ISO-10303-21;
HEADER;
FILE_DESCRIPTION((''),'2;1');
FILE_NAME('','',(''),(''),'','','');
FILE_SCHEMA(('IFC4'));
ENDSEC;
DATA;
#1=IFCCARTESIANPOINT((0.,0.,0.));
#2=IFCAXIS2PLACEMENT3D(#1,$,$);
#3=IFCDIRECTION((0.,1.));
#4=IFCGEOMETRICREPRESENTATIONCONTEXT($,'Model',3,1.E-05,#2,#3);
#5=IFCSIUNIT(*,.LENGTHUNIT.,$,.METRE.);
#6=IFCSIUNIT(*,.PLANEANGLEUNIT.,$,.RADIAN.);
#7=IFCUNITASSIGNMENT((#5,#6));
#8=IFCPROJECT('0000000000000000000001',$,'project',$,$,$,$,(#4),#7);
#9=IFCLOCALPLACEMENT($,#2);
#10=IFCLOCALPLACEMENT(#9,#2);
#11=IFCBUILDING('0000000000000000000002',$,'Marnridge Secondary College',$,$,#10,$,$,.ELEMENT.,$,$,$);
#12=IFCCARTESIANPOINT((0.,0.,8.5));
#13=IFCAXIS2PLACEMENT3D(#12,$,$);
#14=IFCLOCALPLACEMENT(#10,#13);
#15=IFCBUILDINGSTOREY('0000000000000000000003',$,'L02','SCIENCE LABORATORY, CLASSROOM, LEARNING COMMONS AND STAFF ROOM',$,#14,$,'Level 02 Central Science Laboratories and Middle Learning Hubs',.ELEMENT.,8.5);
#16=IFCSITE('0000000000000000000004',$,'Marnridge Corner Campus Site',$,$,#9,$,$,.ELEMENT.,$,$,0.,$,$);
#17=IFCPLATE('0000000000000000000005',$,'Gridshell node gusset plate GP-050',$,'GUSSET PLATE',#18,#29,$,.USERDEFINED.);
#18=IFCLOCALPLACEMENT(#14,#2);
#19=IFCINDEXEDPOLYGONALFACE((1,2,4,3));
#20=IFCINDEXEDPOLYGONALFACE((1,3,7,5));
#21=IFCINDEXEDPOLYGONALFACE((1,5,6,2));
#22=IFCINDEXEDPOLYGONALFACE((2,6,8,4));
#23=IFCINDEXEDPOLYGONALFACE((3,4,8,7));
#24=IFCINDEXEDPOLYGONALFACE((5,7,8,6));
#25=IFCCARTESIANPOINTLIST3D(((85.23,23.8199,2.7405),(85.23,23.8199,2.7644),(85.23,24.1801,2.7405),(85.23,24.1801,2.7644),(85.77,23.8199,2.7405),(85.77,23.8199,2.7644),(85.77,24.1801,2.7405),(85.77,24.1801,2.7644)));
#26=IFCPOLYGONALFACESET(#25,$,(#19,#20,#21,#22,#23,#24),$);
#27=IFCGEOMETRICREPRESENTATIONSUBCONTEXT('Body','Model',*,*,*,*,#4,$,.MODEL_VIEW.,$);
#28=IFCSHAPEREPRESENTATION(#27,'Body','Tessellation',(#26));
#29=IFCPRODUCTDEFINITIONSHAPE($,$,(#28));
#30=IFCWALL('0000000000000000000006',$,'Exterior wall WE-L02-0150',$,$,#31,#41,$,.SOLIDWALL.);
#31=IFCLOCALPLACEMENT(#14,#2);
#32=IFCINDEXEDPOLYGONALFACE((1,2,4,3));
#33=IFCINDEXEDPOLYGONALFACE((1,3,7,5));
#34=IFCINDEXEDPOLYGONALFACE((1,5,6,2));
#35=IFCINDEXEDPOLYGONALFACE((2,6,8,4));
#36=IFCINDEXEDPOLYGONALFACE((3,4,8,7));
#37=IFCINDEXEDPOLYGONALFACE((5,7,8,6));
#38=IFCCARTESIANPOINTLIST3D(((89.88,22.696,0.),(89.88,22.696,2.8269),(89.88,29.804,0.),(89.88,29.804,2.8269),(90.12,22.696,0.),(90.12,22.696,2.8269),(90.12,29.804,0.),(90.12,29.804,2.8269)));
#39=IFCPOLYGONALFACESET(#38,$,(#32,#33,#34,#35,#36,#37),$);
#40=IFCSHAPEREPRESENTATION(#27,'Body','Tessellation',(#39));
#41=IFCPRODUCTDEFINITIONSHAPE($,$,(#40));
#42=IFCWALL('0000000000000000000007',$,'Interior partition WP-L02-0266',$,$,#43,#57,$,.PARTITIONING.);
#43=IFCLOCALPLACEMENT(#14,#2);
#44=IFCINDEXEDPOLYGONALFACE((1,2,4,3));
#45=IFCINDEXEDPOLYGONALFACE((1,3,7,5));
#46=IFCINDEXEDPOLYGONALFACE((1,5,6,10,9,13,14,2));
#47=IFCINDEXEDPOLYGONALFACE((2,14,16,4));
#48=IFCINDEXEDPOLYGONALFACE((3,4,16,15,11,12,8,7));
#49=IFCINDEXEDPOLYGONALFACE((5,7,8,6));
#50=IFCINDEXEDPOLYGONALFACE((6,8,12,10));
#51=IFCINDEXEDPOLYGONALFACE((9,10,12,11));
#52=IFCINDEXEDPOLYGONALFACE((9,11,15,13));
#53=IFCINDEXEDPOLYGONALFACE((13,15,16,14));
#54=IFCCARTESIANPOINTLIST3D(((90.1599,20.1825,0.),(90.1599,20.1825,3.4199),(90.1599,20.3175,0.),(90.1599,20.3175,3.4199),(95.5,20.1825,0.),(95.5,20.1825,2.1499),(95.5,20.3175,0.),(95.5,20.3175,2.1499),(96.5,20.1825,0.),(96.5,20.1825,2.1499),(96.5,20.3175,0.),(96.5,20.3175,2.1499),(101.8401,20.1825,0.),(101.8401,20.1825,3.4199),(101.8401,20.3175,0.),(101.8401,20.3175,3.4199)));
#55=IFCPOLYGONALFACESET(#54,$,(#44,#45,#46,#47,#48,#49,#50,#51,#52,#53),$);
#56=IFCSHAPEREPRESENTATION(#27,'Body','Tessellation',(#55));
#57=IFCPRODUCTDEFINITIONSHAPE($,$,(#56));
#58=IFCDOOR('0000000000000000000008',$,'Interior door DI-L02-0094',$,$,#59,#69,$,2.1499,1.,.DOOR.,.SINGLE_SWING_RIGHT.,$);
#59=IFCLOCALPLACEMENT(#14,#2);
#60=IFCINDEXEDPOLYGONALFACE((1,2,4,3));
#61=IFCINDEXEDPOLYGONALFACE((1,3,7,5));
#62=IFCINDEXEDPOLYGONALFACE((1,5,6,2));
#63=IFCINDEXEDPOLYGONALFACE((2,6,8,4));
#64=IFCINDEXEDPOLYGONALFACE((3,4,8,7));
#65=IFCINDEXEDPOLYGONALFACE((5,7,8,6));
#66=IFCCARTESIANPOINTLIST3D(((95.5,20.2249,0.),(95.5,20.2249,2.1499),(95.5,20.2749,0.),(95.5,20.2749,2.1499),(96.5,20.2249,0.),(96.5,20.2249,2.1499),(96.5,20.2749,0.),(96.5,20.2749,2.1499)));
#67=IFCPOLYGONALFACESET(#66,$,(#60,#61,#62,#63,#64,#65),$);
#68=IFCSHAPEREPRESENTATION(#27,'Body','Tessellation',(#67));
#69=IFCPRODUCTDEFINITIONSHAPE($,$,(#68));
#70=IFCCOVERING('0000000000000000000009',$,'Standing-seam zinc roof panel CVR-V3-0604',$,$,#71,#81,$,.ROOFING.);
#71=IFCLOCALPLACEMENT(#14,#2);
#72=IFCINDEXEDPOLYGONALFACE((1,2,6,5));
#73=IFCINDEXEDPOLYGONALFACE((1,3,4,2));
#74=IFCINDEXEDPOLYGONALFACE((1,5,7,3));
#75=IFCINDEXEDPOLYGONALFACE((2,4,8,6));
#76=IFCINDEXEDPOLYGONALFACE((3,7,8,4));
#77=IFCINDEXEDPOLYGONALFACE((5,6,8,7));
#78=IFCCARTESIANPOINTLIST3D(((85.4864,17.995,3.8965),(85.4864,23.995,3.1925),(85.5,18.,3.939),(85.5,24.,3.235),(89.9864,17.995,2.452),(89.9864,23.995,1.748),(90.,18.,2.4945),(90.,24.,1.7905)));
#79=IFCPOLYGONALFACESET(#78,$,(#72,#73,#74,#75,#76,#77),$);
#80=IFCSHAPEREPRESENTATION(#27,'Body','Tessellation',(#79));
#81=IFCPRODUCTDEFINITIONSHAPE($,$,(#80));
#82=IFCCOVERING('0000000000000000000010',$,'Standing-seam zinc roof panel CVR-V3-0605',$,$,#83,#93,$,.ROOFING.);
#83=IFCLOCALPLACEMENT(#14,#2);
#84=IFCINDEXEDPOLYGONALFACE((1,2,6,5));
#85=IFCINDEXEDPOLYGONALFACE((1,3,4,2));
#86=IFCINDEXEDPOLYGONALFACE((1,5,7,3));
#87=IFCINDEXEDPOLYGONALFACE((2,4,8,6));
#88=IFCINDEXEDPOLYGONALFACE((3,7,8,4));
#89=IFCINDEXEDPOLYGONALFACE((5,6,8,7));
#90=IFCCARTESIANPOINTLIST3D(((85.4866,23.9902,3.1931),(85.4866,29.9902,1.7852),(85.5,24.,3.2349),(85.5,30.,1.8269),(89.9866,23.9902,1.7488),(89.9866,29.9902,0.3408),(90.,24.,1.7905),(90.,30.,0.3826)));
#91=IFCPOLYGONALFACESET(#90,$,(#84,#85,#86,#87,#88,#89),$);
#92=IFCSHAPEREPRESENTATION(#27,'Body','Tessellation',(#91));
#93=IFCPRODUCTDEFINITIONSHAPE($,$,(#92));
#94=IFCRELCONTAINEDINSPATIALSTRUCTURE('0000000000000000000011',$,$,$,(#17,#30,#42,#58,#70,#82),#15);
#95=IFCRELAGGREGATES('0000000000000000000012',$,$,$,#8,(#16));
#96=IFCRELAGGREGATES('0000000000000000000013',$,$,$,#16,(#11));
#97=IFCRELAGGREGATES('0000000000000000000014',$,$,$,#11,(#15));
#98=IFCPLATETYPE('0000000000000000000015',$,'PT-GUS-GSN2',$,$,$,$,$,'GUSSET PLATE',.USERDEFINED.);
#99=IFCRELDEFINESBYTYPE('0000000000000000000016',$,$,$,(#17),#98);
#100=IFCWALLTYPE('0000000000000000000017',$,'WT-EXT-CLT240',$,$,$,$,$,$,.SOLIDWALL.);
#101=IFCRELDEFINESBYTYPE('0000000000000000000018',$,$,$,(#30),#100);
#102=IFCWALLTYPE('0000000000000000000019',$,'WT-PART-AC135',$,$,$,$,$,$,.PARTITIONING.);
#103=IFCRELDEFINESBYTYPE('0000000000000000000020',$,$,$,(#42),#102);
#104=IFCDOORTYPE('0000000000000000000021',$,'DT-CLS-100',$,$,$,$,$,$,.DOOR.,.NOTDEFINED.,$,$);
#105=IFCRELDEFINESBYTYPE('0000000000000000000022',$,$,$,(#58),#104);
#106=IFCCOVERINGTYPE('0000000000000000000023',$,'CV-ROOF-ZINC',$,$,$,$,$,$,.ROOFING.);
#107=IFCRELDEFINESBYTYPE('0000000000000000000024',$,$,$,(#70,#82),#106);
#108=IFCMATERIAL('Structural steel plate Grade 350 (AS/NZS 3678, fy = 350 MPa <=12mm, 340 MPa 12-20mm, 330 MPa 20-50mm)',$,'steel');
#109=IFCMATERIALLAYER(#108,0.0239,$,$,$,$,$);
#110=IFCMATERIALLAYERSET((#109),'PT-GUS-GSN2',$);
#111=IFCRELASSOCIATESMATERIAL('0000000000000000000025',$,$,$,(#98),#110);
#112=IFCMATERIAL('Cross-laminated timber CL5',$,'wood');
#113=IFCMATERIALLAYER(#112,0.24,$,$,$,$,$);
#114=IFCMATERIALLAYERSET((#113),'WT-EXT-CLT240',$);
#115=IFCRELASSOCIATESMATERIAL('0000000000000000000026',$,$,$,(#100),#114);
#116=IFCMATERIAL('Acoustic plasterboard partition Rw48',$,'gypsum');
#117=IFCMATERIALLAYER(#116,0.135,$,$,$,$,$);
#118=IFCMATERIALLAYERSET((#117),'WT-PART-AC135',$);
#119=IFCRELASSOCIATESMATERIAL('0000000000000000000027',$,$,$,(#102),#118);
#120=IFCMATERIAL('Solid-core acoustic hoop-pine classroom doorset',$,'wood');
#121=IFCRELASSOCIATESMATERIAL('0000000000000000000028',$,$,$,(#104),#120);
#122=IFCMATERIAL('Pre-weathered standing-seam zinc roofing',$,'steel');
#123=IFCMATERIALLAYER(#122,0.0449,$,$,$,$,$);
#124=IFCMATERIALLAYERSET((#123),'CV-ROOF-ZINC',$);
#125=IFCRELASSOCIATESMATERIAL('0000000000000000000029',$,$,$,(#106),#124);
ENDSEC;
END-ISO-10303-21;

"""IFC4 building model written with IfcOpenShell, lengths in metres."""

from ifc_helpers import new_model, si_unit, direction, frame, frame_2d, origin, origin_2d, place, context, subcontext, project, spatial, polyline, rectangle, outline, extrude, material, layer, layer_set, type_object, element, fill, save


model = new_model("IFC4")

# Units and contexts
model_context = context("Model", 3, precision=1e-05, world=origin(), true_north=direction((0.0, 1.0)))
body_context = subcontext(model_context, "Body", "Model", "MODEL_VIEW")
ifc_project = project(units=[si_unit("LENGTHUNIT", "METRE"), si_unit("PLANEANGLEUNIT", "RADIAN")], contexts=[model_context])

# Site, building, storey
site_placement = place(None, origin())
site = spatial("IfcSite", under=ifc_project, at=site_placement, Name="Marnridge Corner Campus Site", CompositionType="ELEMENT", RefElevation=0.0)
building_placement = place(site_placement, origin())
building = spatial("IfcBuilding", under=site, at=building_placement, Name="Marnridge Secondary College", CompositionType="ELEMENT")
storey_placement = place(building_placement, frame((0.0, 0.0, 8.5)))
storey = spatial("IfcBuildingStorey", under=building, at=storey_placement, Name="L02", Description="SCIENCE LABORATORY, CLASSROOM, LEARNING COMMONS AND STAFF ROOM", LongName="Level 02 Central Science Laboratories and Middle Learning Hubs", CompositionType="ELEMENT", Elevation=8.5)

# Plate
ifc_material_1 = material(Name="Structural steel plate Grade 350 (AS/NZS 3678, fy = 350 MPa <=12mm, 340 MPa 12-20mm, 330 MPa 20-50mm)", Category="steel")
ifc_layer_1 = layer(ifc_material_1, 0.0239)
ifc_layer_set_1 = layer_set([ifc_layer_1], Name="PT-GUS-GSN2")
plate_type_1 = type_object("IfcPlateType", Name="PT-GUS-GSN2", ElementType="GUSSET PLATE", PredefinedType="USERDEFINED", material=ifc_layer_set_1)
for number, where, z_axis, x_axis, name in (
    (1, (85.5, 24.0, 2.7405), (0.0, 0.0, 1.0), (1.0, 0.0, 0.0), "Gridshell node gusset plate GP-050"),
):
    element("IfcPlate", number, at=place(storey_placement, frame(where, z_axis=z_axis, x_axis=x_axis)), inside=storey, type_object=plate_type_1, Name=name, ObjectType="GUSSET PLATE", PredefinedType="USERDEFINED", context=body_context, shape_type="SweptSolid", body=[
        extrude(rectangle(XDim=0.54, YDim=0.3601, at=origin_2d()), origin(), (0.0, 0.0, 1.0), 0.0239),
    ])

# Wall
ifc_material_2 = material(Name="Cross-laminated timber CL5", Category="wood")
ifc_layer_2 = layer(ifc_material_2, 0.24)
ifc_layer_set_2 = layer_set([ifc_layer_2], Name="WT-EXT-CLT240")
wall_type_1 = type_object("IfcWallType", Name="WT-EXT-CLT240", PredefinedType="SOLIDWALL", material=ifc_layer_set_2)
wall_1_placement = place(storey_placement, frame((90.0, 22.696, 0.0), z_axis=(0.0, 0.0, 1.0), x_axis=(0.0, 1.0, 0.0)))
element("IfcWall", 2, at=wall_1_placement, inside=storey, type_object=wall_type_1, Name="Exterior wall WE-L02-0150", PredefinedType="SOLIDWALL", context=body_context, shape_type="SweptSolid", body=[
    extrude(rectangle(XDim=7.1079, YDim=0.24, at=frame_2d((3.554, 0.0))), origin(), (0.0, 0.0, 1.0), 2.8269),
])

# Wall, opening, door
ifc_material_3 = material(Name="Acoustic plasterboard partition Rw48", Category="gypsum")
ifc_layer_3 = layer(ifc_material_3, 0.135)
ifc_layer_set_3 = layer_set([ifc_layer_3], Name="WT-PART-AC135")
wall_type_2 = type_object("IfcWallType", Name="WT-PART-AC135", PredefinedType="PARTITIONING", material=ifc_layer_set_3)
wall_2_placement = place(storey_placement, frame((90.1599, 20.25, 0.0), z_axis=(0.0, 0.0, 1.0), x_axis=(1.0, 0.0, 0.0)))
wall_2 = element("IfcWall", 3, at=wall_2_placement, inside=storey, type_object=wall_type_2, Name="Interior partition WP-L02-0266", PredefinedType="PARTITIONING", context=body_context, shape_type="SweptSolid", body=[
    extrude(rectangle(XDim=11.6802, YDim=0.135, at=frame_2d((5.8401, 0.0))), origin(), (0.0, 0.0, 1.0), 3.4199),
])
opening_placement = place(wall_2_placement, frame((5.3401, 0.0, 0.0)))
opening = element("IfcOpeningElement", 4, at=opening_placement, cuts=wall_2, PredefinedType="OPENING", context=body_context, shape_type="SweptSolid", body=[
    extrude(rectangle(XDim=1.0, YDim=2.1499, at=frame_2d((0.5, 1.075))), frame((0.0, 0.0774, 0.0), z_axis=(0.0, -1.0, 0.0), x_axis=(1.0, 0.0, 0.0)), (0.0, 0.0, 1.0), 0.155),
])
ifc_material_4 = material(Name="Solid-core acoustic hoop-pine classroom doorset", Category="wood")
door_type = type_object("IfcDoorType", Name="DT-CLS-100", OperationType="NOTDEFINED", PredefinedType="DOOR", material=ifc_material_4)
door_placement = place(opening_placement, origin())
door = element("IfcDoor", 5, at=door_placement, inside=storey, type_object=door_type, Name="Interior door DI-L02-0094", OperationType="SINGLE_SWING_RIGHT", OverallHeight=2.1499, OverallWidth=1.0, PredefinedType="DOOR", context=body_context, shape_type="SweptSolid", body=[
    extrude(rectangle(XDim=1.0, YDim=2.1499, at=frame_2d((0.5, 1.075))), frame((0.0, 0.0249, 0.0), z_axis=(0.0, -1.0, 0.0), x_axis=(1.0, 0.0, 0.0)), (0.0, 0.0, 1.0), 0.05),
])
fill(opening, door)

# Coverings
ifc_material_5 = material(Name="Pre-weathered standing-seam zinc roofing", Category="steel")
ifc_layer_4 = layer(ifc_material_5, 0.0449)
ifc_layer_set_4 = layer_set([ifc_layer_4], Name="CV-ROOF-ZINC")
covering_type = type_object("IfcCoveringType", Name="CV-ROOF-ZINC", PredefinedType="ROOFING", material=ifc_layer_set_4)
covering_1_placement = place(storey_placement, frame((85.5, 18.0, 3.939), z_axis=(0.303742, 0.111025, 0.946263), x_axis=(0.95215, 0.000003, -0.305632)))
element("IfcCovering", 6, at=covering_1_placement, inside=storey, type_object=covering_type, Name="Standing-seam zinc roof panel CVR-V3-0604", PredefinedType="ROOFING", context=body_context, shape_type="SweptSolid", body=[
    extrude(outline(polyline([(0.0, 0.0), (4.7262, 0.0), (4.9413, 6.0373), (0.2152, 6.0373), (0.0, 0.0)])), origin(), (0.0, 0.0, -1.0), 0.0449),
])
covering_2_placement = place(storey_placement, frame((85.5, 24.0, 3.2349), z_axis=(0.298254, 0.218056, 0.929245), x_axis=(0.952157, 0.0, -0.305608)))
element("IfcCovering", 7, at=covering_2_placement, inside=storey, type_object=covering_type, Name="Standing-seam zinc roof panel CVR-V3-0605", PredefinedType="ROOFING", context=body_context, shape_type="SweptSolid", body=[
    extrude(outline(polyline([(0.0, 0.0), (4.7261, 0.0), (5.1564, 6.1479), (0.4303, 6.1479), (0.0, 0.0)])), origin(), (0.0, 0.0, -1.0), 0.0449),
])

save(model, "model.ifc")
